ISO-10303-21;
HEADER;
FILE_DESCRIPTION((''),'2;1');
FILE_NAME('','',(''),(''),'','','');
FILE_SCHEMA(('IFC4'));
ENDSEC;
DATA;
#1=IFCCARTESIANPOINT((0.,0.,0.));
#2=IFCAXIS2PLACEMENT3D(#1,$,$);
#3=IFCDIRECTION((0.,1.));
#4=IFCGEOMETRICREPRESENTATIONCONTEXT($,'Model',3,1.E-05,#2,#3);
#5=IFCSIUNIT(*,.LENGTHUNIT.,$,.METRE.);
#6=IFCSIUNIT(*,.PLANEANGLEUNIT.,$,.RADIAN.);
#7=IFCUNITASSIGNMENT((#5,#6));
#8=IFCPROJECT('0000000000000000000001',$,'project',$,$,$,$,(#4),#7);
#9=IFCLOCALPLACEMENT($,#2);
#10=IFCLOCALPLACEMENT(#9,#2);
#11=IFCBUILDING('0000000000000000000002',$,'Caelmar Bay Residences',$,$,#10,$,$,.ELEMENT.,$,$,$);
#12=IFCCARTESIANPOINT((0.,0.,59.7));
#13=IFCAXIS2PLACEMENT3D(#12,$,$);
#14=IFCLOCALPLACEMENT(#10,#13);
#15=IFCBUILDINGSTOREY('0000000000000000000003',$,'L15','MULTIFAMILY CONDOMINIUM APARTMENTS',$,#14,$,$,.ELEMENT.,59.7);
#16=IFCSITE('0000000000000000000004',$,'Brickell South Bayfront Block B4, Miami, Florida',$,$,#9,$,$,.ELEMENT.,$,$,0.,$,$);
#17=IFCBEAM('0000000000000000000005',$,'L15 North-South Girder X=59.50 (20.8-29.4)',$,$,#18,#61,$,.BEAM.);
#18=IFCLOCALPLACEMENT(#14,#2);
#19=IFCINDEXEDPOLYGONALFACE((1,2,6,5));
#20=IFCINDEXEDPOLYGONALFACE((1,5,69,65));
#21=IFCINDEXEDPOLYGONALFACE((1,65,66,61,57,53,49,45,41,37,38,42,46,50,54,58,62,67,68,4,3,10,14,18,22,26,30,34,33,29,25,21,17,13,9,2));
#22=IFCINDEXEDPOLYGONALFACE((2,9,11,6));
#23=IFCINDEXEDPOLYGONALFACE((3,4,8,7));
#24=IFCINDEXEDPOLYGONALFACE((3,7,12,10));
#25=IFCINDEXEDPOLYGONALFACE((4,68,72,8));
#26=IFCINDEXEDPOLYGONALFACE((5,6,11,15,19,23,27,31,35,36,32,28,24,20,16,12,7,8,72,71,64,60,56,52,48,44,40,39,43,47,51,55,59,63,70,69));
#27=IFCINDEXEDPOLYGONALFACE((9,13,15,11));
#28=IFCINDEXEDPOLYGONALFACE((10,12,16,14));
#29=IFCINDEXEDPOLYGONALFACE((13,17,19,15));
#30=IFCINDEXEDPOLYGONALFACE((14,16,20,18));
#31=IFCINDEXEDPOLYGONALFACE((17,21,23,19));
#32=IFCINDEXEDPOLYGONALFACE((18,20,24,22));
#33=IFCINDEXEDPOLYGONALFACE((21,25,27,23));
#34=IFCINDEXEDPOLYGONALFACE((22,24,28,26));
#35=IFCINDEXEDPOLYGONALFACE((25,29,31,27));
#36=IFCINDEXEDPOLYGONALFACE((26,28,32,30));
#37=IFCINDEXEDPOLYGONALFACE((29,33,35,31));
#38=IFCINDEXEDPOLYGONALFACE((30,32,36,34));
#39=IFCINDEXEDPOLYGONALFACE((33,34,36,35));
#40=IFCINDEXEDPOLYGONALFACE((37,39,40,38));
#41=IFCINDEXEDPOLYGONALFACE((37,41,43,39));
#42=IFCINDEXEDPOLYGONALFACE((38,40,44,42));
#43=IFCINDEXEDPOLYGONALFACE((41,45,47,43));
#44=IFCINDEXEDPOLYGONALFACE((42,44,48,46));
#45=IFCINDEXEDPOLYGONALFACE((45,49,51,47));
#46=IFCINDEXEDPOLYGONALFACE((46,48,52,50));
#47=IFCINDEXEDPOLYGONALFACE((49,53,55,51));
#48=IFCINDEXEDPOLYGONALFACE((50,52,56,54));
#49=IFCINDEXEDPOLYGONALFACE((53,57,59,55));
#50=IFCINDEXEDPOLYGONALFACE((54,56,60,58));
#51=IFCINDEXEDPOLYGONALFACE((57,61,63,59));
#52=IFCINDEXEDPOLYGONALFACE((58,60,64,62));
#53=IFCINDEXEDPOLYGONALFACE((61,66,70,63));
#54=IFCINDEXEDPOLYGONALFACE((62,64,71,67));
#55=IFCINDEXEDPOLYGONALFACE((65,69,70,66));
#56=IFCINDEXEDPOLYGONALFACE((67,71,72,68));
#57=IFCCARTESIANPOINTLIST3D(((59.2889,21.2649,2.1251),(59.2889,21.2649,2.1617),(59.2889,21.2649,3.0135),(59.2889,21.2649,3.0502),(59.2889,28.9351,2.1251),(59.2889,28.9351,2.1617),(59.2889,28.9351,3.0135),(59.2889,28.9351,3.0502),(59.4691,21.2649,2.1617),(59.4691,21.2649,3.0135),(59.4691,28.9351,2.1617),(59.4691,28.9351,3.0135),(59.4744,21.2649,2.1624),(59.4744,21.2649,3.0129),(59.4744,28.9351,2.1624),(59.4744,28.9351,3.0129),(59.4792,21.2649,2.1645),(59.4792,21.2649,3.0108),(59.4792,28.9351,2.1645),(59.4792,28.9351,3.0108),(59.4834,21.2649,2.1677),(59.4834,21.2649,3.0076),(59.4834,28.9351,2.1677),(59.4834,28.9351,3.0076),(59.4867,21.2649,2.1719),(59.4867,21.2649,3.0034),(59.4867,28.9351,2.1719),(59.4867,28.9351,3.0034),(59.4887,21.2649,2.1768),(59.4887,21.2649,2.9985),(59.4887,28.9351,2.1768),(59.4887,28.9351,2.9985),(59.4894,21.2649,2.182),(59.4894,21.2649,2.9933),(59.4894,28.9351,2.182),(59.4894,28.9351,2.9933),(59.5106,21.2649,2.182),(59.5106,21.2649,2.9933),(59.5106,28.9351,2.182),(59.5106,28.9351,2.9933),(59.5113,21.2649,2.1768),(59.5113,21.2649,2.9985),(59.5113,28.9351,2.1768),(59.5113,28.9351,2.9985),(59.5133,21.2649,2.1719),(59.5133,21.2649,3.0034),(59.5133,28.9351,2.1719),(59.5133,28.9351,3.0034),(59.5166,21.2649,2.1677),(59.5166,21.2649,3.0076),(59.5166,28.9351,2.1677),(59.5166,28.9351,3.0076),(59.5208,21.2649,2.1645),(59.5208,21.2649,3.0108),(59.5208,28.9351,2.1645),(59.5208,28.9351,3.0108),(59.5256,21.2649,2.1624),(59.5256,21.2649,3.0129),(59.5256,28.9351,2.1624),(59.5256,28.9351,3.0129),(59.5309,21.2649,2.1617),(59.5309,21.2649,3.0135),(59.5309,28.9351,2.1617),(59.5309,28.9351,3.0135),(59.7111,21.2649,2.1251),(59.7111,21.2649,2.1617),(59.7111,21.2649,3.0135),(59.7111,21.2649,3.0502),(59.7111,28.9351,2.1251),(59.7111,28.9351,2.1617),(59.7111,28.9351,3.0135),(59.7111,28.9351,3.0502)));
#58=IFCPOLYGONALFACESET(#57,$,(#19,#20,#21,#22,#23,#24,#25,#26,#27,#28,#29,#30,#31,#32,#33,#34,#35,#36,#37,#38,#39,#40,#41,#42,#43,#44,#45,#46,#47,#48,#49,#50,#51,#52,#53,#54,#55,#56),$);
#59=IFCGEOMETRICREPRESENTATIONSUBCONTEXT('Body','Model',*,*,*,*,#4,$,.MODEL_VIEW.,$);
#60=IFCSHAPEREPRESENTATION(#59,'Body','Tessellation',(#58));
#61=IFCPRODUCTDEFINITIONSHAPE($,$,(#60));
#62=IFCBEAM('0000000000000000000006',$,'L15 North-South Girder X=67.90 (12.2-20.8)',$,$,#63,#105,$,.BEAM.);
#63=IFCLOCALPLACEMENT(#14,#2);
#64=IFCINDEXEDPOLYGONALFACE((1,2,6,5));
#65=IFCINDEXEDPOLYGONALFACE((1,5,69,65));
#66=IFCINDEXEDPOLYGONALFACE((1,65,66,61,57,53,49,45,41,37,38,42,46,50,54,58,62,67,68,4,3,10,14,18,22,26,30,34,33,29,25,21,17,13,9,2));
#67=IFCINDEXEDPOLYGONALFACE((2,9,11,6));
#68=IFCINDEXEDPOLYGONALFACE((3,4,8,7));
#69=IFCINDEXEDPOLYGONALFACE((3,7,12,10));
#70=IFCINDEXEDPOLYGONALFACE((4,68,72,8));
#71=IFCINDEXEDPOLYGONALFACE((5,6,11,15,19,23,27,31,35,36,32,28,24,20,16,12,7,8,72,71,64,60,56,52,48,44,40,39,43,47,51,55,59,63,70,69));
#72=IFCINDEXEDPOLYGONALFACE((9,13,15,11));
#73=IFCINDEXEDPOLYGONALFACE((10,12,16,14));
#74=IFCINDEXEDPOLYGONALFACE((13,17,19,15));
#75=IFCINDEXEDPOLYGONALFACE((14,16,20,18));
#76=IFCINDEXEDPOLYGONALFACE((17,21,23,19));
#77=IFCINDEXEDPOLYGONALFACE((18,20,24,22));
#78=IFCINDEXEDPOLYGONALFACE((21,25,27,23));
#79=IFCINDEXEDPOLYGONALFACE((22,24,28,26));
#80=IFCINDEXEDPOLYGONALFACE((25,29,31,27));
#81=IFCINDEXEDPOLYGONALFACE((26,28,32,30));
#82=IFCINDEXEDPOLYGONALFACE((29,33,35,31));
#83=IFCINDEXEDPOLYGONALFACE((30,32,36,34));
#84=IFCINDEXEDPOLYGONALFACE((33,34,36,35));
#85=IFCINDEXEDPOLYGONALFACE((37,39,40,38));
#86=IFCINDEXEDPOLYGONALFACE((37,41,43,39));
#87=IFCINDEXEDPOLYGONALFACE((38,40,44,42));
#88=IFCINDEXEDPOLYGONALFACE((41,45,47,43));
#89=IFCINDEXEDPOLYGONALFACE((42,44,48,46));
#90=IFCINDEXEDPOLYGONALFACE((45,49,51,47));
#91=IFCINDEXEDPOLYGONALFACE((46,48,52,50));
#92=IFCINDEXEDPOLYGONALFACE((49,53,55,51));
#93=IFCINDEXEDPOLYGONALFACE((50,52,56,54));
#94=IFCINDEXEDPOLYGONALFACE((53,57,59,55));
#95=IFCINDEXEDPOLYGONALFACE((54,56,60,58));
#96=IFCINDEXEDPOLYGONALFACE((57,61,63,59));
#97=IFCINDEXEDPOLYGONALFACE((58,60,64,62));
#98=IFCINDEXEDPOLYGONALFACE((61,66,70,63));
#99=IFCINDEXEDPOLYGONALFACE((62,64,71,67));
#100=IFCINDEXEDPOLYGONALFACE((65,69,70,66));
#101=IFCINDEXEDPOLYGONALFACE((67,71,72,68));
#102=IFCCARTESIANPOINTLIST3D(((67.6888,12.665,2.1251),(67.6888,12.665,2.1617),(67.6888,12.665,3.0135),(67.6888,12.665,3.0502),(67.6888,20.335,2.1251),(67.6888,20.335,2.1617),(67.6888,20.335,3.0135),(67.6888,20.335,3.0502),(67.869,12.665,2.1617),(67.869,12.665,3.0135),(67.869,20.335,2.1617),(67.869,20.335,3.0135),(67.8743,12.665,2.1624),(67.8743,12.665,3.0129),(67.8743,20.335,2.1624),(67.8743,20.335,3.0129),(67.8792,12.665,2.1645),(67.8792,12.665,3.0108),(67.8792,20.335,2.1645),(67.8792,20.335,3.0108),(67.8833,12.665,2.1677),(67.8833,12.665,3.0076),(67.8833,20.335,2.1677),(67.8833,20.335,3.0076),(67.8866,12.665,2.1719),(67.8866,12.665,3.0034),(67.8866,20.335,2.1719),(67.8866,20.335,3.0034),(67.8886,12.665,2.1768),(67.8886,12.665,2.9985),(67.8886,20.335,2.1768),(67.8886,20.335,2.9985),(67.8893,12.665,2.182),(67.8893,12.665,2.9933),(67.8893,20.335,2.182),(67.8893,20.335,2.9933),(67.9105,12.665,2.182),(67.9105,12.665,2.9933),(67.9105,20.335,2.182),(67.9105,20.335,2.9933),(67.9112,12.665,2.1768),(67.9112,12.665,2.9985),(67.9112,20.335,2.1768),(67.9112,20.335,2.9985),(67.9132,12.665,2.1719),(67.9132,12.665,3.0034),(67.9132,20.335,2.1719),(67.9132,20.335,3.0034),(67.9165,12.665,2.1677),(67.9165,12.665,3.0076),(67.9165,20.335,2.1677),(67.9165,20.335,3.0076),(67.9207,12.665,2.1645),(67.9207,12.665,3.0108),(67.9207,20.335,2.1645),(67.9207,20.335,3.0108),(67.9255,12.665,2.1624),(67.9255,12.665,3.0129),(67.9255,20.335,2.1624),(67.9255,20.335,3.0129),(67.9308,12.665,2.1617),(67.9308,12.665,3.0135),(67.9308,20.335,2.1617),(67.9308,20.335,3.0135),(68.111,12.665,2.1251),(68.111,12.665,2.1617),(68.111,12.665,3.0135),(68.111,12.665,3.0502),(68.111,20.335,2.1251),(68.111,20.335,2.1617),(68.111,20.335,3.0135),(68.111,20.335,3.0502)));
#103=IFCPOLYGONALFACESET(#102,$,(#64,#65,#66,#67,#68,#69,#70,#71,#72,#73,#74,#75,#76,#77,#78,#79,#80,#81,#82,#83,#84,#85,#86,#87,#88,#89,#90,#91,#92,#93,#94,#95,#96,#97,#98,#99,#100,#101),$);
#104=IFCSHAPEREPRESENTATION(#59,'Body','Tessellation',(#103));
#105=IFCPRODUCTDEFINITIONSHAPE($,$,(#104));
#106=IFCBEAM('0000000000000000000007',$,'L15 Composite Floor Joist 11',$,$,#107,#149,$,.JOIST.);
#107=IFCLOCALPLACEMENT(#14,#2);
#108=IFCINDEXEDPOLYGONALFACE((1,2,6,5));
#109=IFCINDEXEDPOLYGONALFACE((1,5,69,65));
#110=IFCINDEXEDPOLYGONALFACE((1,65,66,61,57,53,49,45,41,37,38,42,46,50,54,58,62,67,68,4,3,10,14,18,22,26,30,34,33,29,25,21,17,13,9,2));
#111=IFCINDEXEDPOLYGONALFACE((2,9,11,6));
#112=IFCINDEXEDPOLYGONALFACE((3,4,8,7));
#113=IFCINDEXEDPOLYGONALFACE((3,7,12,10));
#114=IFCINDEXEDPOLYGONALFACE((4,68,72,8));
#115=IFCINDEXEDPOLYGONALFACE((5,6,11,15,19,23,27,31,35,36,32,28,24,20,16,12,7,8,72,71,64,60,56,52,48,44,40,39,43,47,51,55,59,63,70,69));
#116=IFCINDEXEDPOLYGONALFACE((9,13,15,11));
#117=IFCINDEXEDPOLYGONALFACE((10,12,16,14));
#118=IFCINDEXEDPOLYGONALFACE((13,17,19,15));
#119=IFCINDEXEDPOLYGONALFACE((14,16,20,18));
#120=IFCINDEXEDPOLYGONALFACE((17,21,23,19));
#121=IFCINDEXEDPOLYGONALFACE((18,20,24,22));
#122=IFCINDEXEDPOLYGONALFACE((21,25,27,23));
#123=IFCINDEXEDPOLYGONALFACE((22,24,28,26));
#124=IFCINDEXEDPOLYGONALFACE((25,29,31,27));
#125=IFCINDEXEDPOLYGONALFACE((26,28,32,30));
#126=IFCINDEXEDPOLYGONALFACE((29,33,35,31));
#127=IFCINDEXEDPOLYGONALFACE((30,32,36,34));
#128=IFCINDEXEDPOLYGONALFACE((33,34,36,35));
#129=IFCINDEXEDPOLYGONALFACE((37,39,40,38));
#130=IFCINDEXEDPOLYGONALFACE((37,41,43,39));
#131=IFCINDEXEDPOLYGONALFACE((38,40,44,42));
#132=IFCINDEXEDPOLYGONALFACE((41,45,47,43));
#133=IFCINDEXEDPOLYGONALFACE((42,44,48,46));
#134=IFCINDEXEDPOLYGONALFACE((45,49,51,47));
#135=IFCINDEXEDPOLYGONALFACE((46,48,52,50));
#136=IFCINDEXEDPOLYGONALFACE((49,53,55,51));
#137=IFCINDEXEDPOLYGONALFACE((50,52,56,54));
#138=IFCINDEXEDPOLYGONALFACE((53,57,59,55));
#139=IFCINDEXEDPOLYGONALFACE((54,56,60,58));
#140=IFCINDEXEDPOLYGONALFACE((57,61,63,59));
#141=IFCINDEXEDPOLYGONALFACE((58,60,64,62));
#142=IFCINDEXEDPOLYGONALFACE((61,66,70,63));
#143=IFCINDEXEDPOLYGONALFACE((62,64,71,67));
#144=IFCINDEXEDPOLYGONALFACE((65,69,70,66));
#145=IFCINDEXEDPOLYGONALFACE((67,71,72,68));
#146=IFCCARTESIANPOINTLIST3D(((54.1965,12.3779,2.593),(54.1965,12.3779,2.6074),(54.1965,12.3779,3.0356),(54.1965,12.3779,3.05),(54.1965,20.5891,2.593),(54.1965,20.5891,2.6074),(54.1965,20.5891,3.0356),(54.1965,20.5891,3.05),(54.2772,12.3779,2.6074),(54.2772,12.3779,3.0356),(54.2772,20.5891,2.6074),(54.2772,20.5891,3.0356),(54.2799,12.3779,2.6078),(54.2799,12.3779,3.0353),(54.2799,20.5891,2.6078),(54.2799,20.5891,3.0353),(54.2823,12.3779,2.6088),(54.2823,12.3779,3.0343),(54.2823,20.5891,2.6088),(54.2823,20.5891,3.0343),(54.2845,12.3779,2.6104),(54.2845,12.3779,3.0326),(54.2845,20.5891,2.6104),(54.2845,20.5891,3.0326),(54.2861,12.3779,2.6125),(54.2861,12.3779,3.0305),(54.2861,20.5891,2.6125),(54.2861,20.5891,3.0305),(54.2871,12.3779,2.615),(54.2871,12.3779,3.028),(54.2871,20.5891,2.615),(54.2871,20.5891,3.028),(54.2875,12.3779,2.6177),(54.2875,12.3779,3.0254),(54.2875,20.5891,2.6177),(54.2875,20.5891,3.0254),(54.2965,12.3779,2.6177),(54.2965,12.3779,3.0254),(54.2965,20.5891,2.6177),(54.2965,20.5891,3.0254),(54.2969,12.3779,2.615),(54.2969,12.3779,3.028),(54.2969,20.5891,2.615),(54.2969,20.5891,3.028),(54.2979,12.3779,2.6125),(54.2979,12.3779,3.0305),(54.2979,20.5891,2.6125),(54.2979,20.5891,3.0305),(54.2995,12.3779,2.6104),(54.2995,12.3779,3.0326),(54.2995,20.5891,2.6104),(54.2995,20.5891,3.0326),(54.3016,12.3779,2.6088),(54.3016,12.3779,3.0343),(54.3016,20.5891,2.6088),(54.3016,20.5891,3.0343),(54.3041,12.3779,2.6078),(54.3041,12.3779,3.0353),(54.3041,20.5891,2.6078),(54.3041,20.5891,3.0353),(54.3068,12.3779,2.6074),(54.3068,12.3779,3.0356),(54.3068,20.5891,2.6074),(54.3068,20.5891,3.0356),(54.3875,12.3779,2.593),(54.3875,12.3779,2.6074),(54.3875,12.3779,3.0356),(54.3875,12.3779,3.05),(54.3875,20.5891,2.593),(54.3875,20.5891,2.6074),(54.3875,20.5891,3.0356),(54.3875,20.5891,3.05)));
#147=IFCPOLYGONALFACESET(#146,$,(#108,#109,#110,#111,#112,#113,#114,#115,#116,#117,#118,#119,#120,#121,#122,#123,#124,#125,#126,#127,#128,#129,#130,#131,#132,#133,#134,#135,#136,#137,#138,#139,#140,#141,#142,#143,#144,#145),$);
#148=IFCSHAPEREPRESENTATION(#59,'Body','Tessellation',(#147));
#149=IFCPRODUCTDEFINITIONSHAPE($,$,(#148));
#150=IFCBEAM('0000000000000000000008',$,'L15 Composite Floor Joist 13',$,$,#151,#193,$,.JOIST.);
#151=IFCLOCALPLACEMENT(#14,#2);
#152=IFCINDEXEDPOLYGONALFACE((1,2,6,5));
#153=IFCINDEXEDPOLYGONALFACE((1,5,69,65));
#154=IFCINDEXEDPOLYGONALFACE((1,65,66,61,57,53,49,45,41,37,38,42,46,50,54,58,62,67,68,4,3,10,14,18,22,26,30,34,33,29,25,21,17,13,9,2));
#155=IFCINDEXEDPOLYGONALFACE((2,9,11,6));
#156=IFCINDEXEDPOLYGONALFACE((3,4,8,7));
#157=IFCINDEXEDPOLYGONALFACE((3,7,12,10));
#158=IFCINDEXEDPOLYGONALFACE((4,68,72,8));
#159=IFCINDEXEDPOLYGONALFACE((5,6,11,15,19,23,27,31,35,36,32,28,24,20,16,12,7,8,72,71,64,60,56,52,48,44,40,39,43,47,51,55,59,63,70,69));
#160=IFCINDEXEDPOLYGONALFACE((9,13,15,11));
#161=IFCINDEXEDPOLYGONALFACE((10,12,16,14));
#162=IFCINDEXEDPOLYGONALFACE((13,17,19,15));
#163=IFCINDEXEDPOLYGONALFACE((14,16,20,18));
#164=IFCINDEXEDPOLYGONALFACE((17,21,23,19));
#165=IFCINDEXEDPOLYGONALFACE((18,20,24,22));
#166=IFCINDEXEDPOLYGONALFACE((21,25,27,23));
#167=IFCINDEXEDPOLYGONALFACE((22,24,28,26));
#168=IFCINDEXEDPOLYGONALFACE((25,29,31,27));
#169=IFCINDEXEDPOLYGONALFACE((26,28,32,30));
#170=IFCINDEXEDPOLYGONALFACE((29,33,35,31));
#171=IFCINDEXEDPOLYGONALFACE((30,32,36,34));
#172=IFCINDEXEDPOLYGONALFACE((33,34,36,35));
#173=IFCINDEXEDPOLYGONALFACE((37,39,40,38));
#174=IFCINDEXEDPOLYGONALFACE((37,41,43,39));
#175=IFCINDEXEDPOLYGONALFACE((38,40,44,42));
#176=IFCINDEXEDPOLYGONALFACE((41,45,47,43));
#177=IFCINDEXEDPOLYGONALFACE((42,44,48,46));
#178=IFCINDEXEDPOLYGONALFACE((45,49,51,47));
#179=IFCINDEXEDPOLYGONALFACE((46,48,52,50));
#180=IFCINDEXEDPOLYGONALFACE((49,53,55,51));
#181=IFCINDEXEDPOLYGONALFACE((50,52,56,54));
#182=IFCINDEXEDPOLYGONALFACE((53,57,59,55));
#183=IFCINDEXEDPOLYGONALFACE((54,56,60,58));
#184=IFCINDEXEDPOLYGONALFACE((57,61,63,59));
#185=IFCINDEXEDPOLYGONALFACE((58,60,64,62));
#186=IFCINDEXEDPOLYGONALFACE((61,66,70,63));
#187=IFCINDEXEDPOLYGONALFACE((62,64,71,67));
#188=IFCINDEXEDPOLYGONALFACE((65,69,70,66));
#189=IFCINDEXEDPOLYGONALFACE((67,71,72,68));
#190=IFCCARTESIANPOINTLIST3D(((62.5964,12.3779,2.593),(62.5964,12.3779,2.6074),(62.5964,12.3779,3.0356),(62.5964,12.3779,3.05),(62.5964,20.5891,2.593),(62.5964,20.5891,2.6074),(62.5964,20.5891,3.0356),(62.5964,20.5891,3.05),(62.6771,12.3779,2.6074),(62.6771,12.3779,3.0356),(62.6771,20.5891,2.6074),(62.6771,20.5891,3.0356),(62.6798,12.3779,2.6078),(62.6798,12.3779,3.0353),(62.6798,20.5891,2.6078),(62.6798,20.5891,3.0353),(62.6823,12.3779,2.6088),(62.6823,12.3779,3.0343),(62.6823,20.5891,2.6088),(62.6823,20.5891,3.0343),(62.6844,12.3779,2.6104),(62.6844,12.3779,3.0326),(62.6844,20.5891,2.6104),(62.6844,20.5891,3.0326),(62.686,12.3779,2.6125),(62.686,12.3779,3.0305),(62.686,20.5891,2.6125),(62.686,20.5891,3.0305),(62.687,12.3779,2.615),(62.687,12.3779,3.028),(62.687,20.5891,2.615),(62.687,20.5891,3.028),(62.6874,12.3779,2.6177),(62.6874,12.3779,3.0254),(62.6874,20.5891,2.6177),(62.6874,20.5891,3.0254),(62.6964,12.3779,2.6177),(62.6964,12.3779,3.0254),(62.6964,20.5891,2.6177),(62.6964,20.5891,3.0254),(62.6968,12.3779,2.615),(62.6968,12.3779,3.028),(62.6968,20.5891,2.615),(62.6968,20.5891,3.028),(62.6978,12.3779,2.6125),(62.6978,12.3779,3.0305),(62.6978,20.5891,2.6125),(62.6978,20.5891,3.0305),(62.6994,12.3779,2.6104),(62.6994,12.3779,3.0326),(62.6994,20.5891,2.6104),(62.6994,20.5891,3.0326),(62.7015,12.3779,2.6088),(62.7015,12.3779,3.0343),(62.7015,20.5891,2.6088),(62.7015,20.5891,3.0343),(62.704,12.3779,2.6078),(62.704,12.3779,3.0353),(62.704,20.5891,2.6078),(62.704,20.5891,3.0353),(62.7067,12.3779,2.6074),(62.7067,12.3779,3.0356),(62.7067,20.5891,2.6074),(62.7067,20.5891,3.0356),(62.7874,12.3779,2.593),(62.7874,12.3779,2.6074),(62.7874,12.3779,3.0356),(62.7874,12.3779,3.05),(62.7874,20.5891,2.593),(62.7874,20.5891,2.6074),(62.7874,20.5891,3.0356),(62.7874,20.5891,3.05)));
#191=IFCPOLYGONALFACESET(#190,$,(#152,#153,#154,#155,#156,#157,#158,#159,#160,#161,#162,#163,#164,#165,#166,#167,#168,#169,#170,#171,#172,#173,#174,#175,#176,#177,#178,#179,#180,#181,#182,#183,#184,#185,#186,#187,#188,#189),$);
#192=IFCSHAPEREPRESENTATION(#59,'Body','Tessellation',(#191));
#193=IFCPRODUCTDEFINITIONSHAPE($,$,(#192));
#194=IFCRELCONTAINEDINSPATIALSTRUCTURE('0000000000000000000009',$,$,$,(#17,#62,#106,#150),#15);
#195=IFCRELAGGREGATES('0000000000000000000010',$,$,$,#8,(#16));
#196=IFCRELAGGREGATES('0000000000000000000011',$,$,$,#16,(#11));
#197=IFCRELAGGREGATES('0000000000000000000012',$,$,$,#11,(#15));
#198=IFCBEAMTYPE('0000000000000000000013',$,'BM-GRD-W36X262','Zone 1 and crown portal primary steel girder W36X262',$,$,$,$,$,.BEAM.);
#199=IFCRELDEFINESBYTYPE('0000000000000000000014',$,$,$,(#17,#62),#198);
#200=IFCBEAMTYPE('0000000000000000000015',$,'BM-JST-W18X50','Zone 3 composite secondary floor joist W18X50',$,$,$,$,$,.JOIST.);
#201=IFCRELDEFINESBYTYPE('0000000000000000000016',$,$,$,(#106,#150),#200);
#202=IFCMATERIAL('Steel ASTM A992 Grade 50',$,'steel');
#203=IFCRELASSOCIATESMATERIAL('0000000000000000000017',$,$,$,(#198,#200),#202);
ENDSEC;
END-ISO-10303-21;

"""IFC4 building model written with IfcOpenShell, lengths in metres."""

from ifc_helpers import new_model, si_unit, direction, frame, origin, origin_2d, place, context, subcontext, project, spatial, i_section, extrude, material, material_profile, profile_set, type_object, element, save


model = new_model("IFC4")

# Units and contexts
model_context = context("Model", 3, precision=1e-05, world=origin(), true_north=direction((0.0, 1.0)))
body_context = subcontext(model_context, "Body", "Model", "MODEL_VIEW")
ifc_project = project(units=[si_unit("LENGTHUNIT", "METRE"), si_unit("PLANEANGLEUNIT", "RADIAN")], contexts=[model_context])

# Site, building, storey
site_placement = place(None, origin())
site = spatial("IfcSite", under=ifc_project, at=site_placement, Name="Brickell South Bayfront Block B4, Miami, Florida", CompositionType="ELEMENT", RefElevation=0.0)
building_placement = place(site_placement, origin())
building = spatial("IfcBuilding", under=site, at=building_placement, Name="Caelmar Bay Residences", CompositionType="ELEMENT")
storey_placement = place(building_placement, frame((0.0, 0.0, 59.7)))
storey = spatial("IfcBuildingStorey", under=building, at=storey_placement, Name="L15", Description="MULTIFAMILY CONDOMINIUM APARTMENTS", CompositionType="ELEMENT", Elevation=59.7)

# Beams
ifc_material_1 = material(Name="Steel ASTM A992 Grade 50", Category="steel")
ifc_material_profile_1 = material_profile(ifc_material_1, i_section(OverallWidth=0.4221, OverallDepth=0.925, WebThickness=0.0212, FlangeThickness=0.0366, FilletRadius=0.0203, at=origin_2d()), Name="W36X262")
ifc_profile_set_1 = profile_set([ifc_material_profile_1], Name="Steel ASTM A992 Grade 50")
beam_type_1 = type_object("IfcBeamType", Name="BM-GRD-W36X262", Description="Zone 1 and crown portal primary steel girder W36X262", PredefinedType="BEAM", material=ifc_profile_set_1)
beam_1_placement = place(storey_placement, frame((59.5, 21.2649, 2.5876), z_axis=(0.0, 1.0, 0.0), x_axis=(-1.0, 0.0, 0.0)))
element("IfcBeam", 1, at=beam_1_placement, inside=storey, type_object=beam_type_1, Name="L15 North-South Girder X=59.50 (20.8-29.4)", PredefinedType="BEAM", context=body_context, shape_type="SweptSolid", body=[
    extrude(i_section(OverallWidth=0.4221, OverallDepth=0.925, WebThickness=0.0212, FlangeThickness=0.0366, FilletRadius=0.0203, at=origin_2d()), origin(), (0.0, 0.0, 1.0), 7.6702),
])
beam_2_placement = place(storey_placement, frame((67.8999, 12.665, 2.5876), z_axis=(0.0, 1.0, 0.0), x_axis=(-1.0, 0.0, 0.0)))
element("IfcBeam", 2, at=beam_2_placement, inside=storey, type_object=beam_type_1, Name="L15 North-South Girder X=67.90 (12.2-20.8)", PredefinedType="BEAM", context=body_context, shape_type="SweptSolid", body=[
    extrude(i_section(OverallWidth=0.4221, OverallDepth=0.925, WebThickness=0.0212, FlangeThickness=0.0366, FilletRadius=0.0203, at=origin_2d()), origin(), (0.0, 0.0, 1.0), 7.6699),
])
ifc_material_profile_2 = material_profile(ifc_material_1, i_section(OverallWidth=0.1909, OverallDepth=0.457, WebThickness=0.009, FlangeThickness=0.0144, FilletRadius=0.0103, at=origin_2d()), Name="W18X50")
ifc_profile_set_2 = profile_set([ifc_material_profile_2], Name="Steel ASTM A992 Grade 50")
beam_type_2 = type_object("IfcBeamType", Name="BM-JST-W18X50", Description="Zone 3 composite secondary floor joist W18X50", PredefinedType="JOIST", material=ifc_profile_set_2)
for number, where, z_axis, x_axis, name in (
    (3, (54.292, 12.3779, 2.8215), (0.0, 1.0, 0.0), (-1.0, 0.0, 0.0), "L15 Composite Floor Joist 11"),
    (4, (62.6919, 12.3779, 2.8215), (0.0, 1.0, 0.0), (-1.0, 0.0, 0.0), "L15 Composite Floor Joist 13"),
):
    element("IfcBeam", number, at=place(storey_placement, frame(where, z_axis=z_axis, x_axis=x_axis)), inside=storey, type_object=beam_type_2, Name=name, PredefinedType="JOIST", context=body_context, shape_type="SweptSolid", body=[
        extrude(i_section(OverallWidth=0.1909, OverallDepth=0.457, WebThickness=0.009, FlangeThickness=0.0144, FilletRadius=0.0103, at=origin_2d()), origin(), (0.0, 0.0, 1.0), 8.2112),
    ])

save(model, "model.ifc")
